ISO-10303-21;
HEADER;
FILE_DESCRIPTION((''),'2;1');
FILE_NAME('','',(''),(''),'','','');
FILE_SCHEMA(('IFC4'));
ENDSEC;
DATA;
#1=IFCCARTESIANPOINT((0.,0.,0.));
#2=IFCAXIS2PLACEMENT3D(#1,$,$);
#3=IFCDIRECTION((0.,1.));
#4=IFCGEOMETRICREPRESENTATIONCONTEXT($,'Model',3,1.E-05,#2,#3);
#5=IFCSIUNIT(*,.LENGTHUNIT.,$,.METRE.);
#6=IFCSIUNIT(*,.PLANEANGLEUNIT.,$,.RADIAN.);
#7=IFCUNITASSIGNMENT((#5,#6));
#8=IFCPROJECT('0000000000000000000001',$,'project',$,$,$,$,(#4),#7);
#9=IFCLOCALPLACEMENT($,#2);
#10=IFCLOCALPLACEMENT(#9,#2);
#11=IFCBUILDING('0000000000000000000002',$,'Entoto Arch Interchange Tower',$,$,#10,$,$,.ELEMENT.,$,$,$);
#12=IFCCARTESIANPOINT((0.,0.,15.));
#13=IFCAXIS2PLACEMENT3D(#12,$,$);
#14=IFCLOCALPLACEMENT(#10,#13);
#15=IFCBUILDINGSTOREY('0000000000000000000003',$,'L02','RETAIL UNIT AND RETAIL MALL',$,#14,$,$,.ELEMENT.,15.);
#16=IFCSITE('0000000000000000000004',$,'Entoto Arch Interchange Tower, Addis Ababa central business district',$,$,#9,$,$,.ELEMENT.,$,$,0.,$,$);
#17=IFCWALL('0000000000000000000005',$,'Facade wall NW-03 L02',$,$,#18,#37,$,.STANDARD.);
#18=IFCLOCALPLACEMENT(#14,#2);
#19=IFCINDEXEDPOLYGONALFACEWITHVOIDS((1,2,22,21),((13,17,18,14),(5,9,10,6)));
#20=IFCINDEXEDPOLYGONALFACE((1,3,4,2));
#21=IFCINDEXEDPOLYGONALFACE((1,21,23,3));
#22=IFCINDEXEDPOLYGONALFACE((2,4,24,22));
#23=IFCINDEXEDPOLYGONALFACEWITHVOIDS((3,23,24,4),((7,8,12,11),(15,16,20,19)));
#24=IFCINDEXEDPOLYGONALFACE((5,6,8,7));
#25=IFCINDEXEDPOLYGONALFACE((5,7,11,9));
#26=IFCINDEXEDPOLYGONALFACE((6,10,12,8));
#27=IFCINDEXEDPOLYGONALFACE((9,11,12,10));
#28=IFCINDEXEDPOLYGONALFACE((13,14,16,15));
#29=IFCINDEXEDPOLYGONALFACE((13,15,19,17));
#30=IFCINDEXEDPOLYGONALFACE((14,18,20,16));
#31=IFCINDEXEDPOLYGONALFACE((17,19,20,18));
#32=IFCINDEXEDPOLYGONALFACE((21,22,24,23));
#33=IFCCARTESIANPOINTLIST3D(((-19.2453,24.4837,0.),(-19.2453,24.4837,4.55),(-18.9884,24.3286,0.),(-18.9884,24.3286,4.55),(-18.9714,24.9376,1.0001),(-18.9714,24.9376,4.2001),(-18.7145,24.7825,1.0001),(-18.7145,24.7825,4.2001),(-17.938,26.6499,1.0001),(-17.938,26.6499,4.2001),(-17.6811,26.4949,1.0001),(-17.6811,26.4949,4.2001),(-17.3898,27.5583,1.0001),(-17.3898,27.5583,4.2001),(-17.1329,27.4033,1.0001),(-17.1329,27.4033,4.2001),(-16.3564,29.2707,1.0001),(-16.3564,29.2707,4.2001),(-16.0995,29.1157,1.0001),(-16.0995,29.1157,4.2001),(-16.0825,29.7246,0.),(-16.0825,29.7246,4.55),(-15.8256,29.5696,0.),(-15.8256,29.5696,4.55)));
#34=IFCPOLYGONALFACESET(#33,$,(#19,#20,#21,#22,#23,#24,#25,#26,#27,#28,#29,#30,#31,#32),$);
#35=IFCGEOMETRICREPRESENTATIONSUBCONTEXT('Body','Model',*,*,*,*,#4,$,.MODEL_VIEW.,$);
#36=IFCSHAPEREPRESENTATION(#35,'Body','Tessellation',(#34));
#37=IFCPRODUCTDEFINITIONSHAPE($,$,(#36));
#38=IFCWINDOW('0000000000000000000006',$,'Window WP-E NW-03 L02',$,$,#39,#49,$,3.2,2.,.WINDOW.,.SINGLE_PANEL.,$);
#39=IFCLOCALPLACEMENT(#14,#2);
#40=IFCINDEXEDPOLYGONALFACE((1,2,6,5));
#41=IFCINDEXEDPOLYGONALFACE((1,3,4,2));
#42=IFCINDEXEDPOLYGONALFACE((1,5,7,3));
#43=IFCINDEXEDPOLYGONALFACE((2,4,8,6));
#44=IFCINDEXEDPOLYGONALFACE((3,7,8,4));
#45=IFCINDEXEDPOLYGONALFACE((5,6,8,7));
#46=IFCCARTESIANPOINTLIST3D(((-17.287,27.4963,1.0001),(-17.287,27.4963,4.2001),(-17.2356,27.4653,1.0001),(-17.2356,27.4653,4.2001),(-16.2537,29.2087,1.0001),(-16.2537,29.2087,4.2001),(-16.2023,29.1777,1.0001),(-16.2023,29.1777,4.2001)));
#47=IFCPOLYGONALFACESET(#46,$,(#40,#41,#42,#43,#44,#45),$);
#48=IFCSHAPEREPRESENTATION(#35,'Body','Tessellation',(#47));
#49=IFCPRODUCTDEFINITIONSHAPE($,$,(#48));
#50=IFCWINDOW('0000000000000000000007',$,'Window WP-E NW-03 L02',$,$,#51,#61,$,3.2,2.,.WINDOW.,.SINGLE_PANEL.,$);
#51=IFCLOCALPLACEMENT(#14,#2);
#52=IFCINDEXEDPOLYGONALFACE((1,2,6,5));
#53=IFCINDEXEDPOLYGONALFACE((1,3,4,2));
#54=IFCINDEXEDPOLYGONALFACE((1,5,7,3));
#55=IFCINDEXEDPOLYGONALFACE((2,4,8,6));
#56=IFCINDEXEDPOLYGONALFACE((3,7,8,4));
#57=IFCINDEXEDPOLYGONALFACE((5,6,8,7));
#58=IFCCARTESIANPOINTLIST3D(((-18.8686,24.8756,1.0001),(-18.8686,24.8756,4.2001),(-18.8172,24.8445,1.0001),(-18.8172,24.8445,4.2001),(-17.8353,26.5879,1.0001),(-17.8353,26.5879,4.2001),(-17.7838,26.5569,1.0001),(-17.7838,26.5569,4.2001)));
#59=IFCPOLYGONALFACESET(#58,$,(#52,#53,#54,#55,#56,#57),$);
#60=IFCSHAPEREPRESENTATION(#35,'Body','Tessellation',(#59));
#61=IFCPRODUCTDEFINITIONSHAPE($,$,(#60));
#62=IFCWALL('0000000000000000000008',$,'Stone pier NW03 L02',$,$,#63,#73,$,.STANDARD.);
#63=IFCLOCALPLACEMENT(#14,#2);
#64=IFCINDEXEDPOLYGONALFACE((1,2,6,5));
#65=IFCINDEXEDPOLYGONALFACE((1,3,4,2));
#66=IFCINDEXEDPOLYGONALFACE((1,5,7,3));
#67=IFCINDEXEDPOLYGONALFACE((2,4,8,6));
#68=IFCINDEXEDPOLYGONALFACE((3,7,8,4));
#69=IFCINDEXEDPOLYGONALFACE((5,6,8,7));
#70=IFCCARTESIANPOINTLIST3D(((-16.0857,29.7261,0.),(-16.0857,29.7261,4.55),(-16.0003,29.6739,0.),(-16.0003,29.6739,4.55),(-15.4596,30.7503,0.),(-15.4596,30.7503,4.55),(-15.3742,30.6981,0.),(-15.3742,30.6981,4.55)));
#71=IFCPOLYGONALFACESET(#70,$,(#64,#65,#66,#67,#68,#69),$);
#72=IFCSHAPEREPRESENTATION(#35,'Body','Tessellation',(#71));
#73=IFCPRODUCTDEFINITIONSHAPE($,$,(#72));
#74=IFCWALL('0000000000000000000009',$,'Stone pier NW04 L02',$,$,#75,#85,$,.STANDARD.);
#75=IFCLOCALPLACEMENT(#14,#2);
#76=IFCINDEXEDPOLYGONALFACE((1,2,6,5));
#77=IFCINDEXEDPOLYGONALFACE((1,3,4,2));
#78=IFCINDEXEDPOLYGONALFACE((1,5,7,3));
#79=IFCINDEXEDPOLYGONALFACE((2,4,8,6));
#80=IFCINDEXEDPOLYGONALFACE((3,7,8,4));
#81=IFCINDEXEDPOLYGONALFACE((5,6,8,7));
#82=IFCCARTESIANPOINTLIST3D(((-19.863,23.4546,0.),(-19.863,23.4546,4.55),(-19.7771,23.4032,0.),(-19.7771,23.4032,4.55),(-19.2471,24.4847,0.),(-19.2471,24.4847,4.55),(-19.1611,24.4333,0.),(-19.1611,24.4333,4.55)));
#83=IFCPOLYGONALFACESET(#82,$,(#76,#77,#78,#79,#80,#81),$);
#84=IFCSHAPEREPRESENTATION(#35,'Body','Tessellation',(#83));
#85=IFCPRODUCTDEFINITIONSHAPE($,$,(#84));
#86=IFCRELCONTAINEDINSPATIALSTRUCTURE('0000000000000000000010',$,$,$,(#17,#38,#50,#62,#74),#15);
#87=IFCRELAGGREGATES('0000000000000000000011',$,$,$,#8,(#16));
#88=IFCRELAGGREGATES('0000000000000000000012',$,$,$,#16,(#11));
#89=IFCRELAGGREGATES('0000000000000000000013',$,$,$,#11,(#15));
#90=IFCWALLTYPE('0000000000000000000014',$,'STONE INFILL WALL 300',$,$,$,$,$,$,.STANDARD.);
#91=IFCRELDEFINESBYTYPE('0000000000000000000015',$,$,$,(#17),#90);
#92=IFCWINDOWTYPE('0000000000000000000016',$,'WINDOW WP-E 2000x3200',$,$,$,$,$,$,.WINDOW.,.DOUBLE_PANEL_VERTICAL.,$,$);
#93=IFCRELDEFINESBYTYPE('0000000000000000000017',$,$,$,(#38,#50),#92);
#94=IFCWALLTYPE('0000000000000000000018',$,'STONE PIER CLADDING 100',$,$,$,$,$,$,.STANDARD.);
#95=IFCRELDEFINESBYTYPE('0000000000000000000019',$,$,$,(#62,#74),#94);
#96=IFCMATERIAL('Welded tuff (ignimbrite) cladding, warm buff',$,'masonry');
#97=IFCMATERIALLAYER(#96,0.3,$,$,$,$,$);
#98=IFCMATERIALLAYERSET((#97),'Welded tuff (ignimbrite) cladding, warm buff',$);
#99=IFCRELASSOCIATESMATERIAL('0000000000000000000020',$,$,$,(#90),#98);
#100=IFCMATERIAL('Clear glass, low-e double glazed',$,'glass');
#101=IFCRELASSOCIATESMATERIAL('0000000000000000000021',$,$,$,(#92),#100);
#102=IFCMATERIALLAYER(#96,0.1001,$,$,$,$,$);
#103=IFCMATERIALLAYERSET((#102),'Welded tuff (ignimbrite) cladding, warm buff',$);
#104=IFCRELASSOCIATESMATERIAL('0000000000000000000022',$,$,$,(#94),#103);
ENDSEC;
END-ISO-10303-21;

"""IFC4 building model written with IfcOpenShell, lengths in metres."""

from ifc_helpers import new_model, si_unit, direction, frame, frame_2d, origin, place, context, subcontext, project, spatial, rectangle, extrude, material, layer, layer_set, type_object, element, fill, save


model = new_model("IFC4")

# Units and contexts
model_context = context("Model", 3, precision=1e-05, world=origin(), true_north=direction((0.0, 1.0)))
body_context = subcontext(model_context, "Body", "Model", "MODEL_VIEW")
ifc_project = project(units=[si_unit("LENGTHUNIT", "METRE"), si_unit("PLANEANGLEUNIT", "RADIAN")], contexts=[model_context])

# Site, building, storey
site_placement = place(None, origin())
site = spatial("IfcSite", under=ifc_project, at=site_placement, Name="Entoto Arch Interchange Tower, Addis Ababa central business district", CompositionType="ELEMENT", RefElevation=0.0)
building_placement = place(site_placement, origin())
building = spatial("IfcBuilding", under=site, at=building_placement, Name="Entoto Arch Interchange Tower", CompositionType="ELEMENT")
storey_placement = place(building_placement, frame((0.0, 0.0, 15.0)))
storey = spatial("IfcBuildingStorey", under=building, at=storey_placement, Name="L02", Description="RETAIL UNIT AND RETAIL MALL", CompositionType="ELEMENT", Elevation=15.0)

# Wall, openings, windows
ifc_material_1 = material(Name="Welded tuff (ignimbrite) cladding, warm buff", Category="masonry")
ifc_layer_1 = layer(ifc_material_1, 0.3)
ifc_layer_set_1 = layer_set([ifc_layer_1], Name="Welded tuff (ignimbrite) cladding, warm buff")
wall_type_1 = type_object("IfcWallType", Name="STONE INFILL WALL 300", PredefinedType="STANDARD", material=ifc_layer_set_1)
ifc_material_2 = material(Name="Clear glass, low-e double glazed", Category="glass")
window_type = type_object("IfcWindowType", Name="WINDOW WP-E 2000x3200", PartitioningType="DOUBLE_PANEL_VERTICAL", PredefinedType="WINDOW", material=ifc_material_2)
wall_1_placement = place(storey_placement, frame((-15.9541, 29.647, 0.0), z_axis=(0.0, 0.0, 1.0), x_axis=(-0.516688, -0.856174, 0.0)))
wall_1 = element("IfcWall", 1, at=wall_1_placement, inside=storey, type_object=wall_type_1, Name="Facade wall NW-03 L02", PredefinedType="STANDARD", context=body_context, shape_type="SweptSolid", body=[
    extrude(rectangle(XDim=6.1213, YDim=0.3, at=frame_2d((3.0605, 0.0))), origin(), (0.0, 0.0, 1.0), 4.55),
])
opening_1_placement = place(wall_1_placement, frame((0.53, 0.0, 1.0)))
opening_1 = element("IfcOpeningElement", 2, at=opening_1_placement, cuts=wall_1, PredefinedType="OPENING", context=body_context, shape_type="SweptSolid", body=[
    extrude(rectangle(XDim=2.0, YDim=3.2, at=frame_2d((1.0, 1.6001))), frame((0.0, 0.1602, 0.0), z_axis=(0.0, -1.0, 0.0), x_axis=(1.0, 0.0, 0.0)), (0.0, 0.0, 1.0), 0.3201),
])
opening_2_placement = place(wall_1_placement, frame((3.5911, 0.0, 1.0)))
opening_2 = element("IfcOpeningElement", 3, at=opening_2_placement, cuts=wall_1, PredefinedType="OPENING", context=body_context, shape_type="SweptSolid", body=[
    extrude(rectangle(XDim=2.0, YDim=3.2, at=frame_2d((1.0, 1.6001))), frame((0.0, 0.1602, 0.0), z_axis=(0.0, -1.0, 0.0), x_axis=(1.0, 0.0, 0.0)), (0.0, 0.0, 1.0), 0.3201),
])
window_1_placement = place(opening_1_placement, origin())
window_1 = element("IfcWindow", 4, at=window_1_placement, inside=storey, type_object=window_type, Name="Window WP-E NW-03 L02", OverallHeight=3.2, OverallWidth=2.0, PartitioningType="SINGLE_PANEL", PredefinedType="WINDOW", context=body_context, shape_type="SweptSolid", body=[
    extrude(rectangle(XDim=2.0, YDim=3.2, at=frame_2d((1.0, 1.6001))), frame((0.0, 0.03, 0.0), z_axis=(0.0, -1.0, 0.0), x_axis=(1.0, 0.0, 0.0)), (0.0, 0.0, 1.0), 0.0601),
])
fill(opening_1, window_1)
window_2_placement = place(opening_2_placement, origin())
window_2 = element("IfcWindow", 5, at=window_2_placement, inside=storey, type_object=window_type, Name="Window WP-E NW-03 L02", OverallHeight=3.2, OverallWidth=2.0, PartitioningType="SINGLE_PANEL", PredefinedType="WINDOW", context=body_context, shape_type="SweptSolid", body=[
    extrude(rectangle(XDim=2.0, YDim=3.2, at=frame_2d((1.0, 1.6001))), frame((0.0, 0.03, 0.0), z_axis=(0.0, -1.0, 0.0), x_axis=(1.0, 0.0, 0.0)), (0.0, 0.0, 1.0), 0.0601),
])
fill(opening_2, window_2)

# Walls
ifc_layer_2 = layer(ifc_material_1, 0.1001)
ifc_layer_set_2 = layer_set([ifc_layer_2], Name="Welded tuff (ignimbrite) cladding, warm buff")
wall_type_2 = type_object("IfcWallType", Name="STONE PIER CLADDING 100", PredefinedType="STANDARD", material=ifc_layer_set_2)
wall_2_placement = place(storey_placement, frame((-15.417, 30.7241, 0.0), z_axis=(0.0, 0.0, 1.0), x_axis=(-0.521508, -0.853247, 0.0)))
element("IfcWall", 6, at=wall_2_placement, inside=storey, type_object=wall_type_2, Name="Stone pier NW03 L02", PredefinedType="STANDARD", context=body_context, shape_type="SweptSolid", body=[
    extrude(rectangle(XDim=1.2004, YDim=0.1001, at=frame_2d((0.6001, 0.0))), origin(), (0.0, 0.0, 1.0), 4.55),
])
wall_3_placement = place(storey_placement, frame((-19.2041, 24.459, 0.0), z_axis=(0.0, 0.0, 1.0), x_axis=(-0.513239, -0.858246, 0.0)))
element("IfcWall", 7, at=wall_3_placement, inside=storey, type_object=wall_type_2, Name="Stone pier NW04 L02", PredefinedType="STANDARD", context=body_context, shape_type="SweptSolid", body=[
    extrude(rectangle(XDim=1.2002, YDim=0.1001, at=frame_2d((0.6001, 0.0))), origin(), (0.0, 0.0, 1.0), 4.55),
])

save(model, "model.ifc")
